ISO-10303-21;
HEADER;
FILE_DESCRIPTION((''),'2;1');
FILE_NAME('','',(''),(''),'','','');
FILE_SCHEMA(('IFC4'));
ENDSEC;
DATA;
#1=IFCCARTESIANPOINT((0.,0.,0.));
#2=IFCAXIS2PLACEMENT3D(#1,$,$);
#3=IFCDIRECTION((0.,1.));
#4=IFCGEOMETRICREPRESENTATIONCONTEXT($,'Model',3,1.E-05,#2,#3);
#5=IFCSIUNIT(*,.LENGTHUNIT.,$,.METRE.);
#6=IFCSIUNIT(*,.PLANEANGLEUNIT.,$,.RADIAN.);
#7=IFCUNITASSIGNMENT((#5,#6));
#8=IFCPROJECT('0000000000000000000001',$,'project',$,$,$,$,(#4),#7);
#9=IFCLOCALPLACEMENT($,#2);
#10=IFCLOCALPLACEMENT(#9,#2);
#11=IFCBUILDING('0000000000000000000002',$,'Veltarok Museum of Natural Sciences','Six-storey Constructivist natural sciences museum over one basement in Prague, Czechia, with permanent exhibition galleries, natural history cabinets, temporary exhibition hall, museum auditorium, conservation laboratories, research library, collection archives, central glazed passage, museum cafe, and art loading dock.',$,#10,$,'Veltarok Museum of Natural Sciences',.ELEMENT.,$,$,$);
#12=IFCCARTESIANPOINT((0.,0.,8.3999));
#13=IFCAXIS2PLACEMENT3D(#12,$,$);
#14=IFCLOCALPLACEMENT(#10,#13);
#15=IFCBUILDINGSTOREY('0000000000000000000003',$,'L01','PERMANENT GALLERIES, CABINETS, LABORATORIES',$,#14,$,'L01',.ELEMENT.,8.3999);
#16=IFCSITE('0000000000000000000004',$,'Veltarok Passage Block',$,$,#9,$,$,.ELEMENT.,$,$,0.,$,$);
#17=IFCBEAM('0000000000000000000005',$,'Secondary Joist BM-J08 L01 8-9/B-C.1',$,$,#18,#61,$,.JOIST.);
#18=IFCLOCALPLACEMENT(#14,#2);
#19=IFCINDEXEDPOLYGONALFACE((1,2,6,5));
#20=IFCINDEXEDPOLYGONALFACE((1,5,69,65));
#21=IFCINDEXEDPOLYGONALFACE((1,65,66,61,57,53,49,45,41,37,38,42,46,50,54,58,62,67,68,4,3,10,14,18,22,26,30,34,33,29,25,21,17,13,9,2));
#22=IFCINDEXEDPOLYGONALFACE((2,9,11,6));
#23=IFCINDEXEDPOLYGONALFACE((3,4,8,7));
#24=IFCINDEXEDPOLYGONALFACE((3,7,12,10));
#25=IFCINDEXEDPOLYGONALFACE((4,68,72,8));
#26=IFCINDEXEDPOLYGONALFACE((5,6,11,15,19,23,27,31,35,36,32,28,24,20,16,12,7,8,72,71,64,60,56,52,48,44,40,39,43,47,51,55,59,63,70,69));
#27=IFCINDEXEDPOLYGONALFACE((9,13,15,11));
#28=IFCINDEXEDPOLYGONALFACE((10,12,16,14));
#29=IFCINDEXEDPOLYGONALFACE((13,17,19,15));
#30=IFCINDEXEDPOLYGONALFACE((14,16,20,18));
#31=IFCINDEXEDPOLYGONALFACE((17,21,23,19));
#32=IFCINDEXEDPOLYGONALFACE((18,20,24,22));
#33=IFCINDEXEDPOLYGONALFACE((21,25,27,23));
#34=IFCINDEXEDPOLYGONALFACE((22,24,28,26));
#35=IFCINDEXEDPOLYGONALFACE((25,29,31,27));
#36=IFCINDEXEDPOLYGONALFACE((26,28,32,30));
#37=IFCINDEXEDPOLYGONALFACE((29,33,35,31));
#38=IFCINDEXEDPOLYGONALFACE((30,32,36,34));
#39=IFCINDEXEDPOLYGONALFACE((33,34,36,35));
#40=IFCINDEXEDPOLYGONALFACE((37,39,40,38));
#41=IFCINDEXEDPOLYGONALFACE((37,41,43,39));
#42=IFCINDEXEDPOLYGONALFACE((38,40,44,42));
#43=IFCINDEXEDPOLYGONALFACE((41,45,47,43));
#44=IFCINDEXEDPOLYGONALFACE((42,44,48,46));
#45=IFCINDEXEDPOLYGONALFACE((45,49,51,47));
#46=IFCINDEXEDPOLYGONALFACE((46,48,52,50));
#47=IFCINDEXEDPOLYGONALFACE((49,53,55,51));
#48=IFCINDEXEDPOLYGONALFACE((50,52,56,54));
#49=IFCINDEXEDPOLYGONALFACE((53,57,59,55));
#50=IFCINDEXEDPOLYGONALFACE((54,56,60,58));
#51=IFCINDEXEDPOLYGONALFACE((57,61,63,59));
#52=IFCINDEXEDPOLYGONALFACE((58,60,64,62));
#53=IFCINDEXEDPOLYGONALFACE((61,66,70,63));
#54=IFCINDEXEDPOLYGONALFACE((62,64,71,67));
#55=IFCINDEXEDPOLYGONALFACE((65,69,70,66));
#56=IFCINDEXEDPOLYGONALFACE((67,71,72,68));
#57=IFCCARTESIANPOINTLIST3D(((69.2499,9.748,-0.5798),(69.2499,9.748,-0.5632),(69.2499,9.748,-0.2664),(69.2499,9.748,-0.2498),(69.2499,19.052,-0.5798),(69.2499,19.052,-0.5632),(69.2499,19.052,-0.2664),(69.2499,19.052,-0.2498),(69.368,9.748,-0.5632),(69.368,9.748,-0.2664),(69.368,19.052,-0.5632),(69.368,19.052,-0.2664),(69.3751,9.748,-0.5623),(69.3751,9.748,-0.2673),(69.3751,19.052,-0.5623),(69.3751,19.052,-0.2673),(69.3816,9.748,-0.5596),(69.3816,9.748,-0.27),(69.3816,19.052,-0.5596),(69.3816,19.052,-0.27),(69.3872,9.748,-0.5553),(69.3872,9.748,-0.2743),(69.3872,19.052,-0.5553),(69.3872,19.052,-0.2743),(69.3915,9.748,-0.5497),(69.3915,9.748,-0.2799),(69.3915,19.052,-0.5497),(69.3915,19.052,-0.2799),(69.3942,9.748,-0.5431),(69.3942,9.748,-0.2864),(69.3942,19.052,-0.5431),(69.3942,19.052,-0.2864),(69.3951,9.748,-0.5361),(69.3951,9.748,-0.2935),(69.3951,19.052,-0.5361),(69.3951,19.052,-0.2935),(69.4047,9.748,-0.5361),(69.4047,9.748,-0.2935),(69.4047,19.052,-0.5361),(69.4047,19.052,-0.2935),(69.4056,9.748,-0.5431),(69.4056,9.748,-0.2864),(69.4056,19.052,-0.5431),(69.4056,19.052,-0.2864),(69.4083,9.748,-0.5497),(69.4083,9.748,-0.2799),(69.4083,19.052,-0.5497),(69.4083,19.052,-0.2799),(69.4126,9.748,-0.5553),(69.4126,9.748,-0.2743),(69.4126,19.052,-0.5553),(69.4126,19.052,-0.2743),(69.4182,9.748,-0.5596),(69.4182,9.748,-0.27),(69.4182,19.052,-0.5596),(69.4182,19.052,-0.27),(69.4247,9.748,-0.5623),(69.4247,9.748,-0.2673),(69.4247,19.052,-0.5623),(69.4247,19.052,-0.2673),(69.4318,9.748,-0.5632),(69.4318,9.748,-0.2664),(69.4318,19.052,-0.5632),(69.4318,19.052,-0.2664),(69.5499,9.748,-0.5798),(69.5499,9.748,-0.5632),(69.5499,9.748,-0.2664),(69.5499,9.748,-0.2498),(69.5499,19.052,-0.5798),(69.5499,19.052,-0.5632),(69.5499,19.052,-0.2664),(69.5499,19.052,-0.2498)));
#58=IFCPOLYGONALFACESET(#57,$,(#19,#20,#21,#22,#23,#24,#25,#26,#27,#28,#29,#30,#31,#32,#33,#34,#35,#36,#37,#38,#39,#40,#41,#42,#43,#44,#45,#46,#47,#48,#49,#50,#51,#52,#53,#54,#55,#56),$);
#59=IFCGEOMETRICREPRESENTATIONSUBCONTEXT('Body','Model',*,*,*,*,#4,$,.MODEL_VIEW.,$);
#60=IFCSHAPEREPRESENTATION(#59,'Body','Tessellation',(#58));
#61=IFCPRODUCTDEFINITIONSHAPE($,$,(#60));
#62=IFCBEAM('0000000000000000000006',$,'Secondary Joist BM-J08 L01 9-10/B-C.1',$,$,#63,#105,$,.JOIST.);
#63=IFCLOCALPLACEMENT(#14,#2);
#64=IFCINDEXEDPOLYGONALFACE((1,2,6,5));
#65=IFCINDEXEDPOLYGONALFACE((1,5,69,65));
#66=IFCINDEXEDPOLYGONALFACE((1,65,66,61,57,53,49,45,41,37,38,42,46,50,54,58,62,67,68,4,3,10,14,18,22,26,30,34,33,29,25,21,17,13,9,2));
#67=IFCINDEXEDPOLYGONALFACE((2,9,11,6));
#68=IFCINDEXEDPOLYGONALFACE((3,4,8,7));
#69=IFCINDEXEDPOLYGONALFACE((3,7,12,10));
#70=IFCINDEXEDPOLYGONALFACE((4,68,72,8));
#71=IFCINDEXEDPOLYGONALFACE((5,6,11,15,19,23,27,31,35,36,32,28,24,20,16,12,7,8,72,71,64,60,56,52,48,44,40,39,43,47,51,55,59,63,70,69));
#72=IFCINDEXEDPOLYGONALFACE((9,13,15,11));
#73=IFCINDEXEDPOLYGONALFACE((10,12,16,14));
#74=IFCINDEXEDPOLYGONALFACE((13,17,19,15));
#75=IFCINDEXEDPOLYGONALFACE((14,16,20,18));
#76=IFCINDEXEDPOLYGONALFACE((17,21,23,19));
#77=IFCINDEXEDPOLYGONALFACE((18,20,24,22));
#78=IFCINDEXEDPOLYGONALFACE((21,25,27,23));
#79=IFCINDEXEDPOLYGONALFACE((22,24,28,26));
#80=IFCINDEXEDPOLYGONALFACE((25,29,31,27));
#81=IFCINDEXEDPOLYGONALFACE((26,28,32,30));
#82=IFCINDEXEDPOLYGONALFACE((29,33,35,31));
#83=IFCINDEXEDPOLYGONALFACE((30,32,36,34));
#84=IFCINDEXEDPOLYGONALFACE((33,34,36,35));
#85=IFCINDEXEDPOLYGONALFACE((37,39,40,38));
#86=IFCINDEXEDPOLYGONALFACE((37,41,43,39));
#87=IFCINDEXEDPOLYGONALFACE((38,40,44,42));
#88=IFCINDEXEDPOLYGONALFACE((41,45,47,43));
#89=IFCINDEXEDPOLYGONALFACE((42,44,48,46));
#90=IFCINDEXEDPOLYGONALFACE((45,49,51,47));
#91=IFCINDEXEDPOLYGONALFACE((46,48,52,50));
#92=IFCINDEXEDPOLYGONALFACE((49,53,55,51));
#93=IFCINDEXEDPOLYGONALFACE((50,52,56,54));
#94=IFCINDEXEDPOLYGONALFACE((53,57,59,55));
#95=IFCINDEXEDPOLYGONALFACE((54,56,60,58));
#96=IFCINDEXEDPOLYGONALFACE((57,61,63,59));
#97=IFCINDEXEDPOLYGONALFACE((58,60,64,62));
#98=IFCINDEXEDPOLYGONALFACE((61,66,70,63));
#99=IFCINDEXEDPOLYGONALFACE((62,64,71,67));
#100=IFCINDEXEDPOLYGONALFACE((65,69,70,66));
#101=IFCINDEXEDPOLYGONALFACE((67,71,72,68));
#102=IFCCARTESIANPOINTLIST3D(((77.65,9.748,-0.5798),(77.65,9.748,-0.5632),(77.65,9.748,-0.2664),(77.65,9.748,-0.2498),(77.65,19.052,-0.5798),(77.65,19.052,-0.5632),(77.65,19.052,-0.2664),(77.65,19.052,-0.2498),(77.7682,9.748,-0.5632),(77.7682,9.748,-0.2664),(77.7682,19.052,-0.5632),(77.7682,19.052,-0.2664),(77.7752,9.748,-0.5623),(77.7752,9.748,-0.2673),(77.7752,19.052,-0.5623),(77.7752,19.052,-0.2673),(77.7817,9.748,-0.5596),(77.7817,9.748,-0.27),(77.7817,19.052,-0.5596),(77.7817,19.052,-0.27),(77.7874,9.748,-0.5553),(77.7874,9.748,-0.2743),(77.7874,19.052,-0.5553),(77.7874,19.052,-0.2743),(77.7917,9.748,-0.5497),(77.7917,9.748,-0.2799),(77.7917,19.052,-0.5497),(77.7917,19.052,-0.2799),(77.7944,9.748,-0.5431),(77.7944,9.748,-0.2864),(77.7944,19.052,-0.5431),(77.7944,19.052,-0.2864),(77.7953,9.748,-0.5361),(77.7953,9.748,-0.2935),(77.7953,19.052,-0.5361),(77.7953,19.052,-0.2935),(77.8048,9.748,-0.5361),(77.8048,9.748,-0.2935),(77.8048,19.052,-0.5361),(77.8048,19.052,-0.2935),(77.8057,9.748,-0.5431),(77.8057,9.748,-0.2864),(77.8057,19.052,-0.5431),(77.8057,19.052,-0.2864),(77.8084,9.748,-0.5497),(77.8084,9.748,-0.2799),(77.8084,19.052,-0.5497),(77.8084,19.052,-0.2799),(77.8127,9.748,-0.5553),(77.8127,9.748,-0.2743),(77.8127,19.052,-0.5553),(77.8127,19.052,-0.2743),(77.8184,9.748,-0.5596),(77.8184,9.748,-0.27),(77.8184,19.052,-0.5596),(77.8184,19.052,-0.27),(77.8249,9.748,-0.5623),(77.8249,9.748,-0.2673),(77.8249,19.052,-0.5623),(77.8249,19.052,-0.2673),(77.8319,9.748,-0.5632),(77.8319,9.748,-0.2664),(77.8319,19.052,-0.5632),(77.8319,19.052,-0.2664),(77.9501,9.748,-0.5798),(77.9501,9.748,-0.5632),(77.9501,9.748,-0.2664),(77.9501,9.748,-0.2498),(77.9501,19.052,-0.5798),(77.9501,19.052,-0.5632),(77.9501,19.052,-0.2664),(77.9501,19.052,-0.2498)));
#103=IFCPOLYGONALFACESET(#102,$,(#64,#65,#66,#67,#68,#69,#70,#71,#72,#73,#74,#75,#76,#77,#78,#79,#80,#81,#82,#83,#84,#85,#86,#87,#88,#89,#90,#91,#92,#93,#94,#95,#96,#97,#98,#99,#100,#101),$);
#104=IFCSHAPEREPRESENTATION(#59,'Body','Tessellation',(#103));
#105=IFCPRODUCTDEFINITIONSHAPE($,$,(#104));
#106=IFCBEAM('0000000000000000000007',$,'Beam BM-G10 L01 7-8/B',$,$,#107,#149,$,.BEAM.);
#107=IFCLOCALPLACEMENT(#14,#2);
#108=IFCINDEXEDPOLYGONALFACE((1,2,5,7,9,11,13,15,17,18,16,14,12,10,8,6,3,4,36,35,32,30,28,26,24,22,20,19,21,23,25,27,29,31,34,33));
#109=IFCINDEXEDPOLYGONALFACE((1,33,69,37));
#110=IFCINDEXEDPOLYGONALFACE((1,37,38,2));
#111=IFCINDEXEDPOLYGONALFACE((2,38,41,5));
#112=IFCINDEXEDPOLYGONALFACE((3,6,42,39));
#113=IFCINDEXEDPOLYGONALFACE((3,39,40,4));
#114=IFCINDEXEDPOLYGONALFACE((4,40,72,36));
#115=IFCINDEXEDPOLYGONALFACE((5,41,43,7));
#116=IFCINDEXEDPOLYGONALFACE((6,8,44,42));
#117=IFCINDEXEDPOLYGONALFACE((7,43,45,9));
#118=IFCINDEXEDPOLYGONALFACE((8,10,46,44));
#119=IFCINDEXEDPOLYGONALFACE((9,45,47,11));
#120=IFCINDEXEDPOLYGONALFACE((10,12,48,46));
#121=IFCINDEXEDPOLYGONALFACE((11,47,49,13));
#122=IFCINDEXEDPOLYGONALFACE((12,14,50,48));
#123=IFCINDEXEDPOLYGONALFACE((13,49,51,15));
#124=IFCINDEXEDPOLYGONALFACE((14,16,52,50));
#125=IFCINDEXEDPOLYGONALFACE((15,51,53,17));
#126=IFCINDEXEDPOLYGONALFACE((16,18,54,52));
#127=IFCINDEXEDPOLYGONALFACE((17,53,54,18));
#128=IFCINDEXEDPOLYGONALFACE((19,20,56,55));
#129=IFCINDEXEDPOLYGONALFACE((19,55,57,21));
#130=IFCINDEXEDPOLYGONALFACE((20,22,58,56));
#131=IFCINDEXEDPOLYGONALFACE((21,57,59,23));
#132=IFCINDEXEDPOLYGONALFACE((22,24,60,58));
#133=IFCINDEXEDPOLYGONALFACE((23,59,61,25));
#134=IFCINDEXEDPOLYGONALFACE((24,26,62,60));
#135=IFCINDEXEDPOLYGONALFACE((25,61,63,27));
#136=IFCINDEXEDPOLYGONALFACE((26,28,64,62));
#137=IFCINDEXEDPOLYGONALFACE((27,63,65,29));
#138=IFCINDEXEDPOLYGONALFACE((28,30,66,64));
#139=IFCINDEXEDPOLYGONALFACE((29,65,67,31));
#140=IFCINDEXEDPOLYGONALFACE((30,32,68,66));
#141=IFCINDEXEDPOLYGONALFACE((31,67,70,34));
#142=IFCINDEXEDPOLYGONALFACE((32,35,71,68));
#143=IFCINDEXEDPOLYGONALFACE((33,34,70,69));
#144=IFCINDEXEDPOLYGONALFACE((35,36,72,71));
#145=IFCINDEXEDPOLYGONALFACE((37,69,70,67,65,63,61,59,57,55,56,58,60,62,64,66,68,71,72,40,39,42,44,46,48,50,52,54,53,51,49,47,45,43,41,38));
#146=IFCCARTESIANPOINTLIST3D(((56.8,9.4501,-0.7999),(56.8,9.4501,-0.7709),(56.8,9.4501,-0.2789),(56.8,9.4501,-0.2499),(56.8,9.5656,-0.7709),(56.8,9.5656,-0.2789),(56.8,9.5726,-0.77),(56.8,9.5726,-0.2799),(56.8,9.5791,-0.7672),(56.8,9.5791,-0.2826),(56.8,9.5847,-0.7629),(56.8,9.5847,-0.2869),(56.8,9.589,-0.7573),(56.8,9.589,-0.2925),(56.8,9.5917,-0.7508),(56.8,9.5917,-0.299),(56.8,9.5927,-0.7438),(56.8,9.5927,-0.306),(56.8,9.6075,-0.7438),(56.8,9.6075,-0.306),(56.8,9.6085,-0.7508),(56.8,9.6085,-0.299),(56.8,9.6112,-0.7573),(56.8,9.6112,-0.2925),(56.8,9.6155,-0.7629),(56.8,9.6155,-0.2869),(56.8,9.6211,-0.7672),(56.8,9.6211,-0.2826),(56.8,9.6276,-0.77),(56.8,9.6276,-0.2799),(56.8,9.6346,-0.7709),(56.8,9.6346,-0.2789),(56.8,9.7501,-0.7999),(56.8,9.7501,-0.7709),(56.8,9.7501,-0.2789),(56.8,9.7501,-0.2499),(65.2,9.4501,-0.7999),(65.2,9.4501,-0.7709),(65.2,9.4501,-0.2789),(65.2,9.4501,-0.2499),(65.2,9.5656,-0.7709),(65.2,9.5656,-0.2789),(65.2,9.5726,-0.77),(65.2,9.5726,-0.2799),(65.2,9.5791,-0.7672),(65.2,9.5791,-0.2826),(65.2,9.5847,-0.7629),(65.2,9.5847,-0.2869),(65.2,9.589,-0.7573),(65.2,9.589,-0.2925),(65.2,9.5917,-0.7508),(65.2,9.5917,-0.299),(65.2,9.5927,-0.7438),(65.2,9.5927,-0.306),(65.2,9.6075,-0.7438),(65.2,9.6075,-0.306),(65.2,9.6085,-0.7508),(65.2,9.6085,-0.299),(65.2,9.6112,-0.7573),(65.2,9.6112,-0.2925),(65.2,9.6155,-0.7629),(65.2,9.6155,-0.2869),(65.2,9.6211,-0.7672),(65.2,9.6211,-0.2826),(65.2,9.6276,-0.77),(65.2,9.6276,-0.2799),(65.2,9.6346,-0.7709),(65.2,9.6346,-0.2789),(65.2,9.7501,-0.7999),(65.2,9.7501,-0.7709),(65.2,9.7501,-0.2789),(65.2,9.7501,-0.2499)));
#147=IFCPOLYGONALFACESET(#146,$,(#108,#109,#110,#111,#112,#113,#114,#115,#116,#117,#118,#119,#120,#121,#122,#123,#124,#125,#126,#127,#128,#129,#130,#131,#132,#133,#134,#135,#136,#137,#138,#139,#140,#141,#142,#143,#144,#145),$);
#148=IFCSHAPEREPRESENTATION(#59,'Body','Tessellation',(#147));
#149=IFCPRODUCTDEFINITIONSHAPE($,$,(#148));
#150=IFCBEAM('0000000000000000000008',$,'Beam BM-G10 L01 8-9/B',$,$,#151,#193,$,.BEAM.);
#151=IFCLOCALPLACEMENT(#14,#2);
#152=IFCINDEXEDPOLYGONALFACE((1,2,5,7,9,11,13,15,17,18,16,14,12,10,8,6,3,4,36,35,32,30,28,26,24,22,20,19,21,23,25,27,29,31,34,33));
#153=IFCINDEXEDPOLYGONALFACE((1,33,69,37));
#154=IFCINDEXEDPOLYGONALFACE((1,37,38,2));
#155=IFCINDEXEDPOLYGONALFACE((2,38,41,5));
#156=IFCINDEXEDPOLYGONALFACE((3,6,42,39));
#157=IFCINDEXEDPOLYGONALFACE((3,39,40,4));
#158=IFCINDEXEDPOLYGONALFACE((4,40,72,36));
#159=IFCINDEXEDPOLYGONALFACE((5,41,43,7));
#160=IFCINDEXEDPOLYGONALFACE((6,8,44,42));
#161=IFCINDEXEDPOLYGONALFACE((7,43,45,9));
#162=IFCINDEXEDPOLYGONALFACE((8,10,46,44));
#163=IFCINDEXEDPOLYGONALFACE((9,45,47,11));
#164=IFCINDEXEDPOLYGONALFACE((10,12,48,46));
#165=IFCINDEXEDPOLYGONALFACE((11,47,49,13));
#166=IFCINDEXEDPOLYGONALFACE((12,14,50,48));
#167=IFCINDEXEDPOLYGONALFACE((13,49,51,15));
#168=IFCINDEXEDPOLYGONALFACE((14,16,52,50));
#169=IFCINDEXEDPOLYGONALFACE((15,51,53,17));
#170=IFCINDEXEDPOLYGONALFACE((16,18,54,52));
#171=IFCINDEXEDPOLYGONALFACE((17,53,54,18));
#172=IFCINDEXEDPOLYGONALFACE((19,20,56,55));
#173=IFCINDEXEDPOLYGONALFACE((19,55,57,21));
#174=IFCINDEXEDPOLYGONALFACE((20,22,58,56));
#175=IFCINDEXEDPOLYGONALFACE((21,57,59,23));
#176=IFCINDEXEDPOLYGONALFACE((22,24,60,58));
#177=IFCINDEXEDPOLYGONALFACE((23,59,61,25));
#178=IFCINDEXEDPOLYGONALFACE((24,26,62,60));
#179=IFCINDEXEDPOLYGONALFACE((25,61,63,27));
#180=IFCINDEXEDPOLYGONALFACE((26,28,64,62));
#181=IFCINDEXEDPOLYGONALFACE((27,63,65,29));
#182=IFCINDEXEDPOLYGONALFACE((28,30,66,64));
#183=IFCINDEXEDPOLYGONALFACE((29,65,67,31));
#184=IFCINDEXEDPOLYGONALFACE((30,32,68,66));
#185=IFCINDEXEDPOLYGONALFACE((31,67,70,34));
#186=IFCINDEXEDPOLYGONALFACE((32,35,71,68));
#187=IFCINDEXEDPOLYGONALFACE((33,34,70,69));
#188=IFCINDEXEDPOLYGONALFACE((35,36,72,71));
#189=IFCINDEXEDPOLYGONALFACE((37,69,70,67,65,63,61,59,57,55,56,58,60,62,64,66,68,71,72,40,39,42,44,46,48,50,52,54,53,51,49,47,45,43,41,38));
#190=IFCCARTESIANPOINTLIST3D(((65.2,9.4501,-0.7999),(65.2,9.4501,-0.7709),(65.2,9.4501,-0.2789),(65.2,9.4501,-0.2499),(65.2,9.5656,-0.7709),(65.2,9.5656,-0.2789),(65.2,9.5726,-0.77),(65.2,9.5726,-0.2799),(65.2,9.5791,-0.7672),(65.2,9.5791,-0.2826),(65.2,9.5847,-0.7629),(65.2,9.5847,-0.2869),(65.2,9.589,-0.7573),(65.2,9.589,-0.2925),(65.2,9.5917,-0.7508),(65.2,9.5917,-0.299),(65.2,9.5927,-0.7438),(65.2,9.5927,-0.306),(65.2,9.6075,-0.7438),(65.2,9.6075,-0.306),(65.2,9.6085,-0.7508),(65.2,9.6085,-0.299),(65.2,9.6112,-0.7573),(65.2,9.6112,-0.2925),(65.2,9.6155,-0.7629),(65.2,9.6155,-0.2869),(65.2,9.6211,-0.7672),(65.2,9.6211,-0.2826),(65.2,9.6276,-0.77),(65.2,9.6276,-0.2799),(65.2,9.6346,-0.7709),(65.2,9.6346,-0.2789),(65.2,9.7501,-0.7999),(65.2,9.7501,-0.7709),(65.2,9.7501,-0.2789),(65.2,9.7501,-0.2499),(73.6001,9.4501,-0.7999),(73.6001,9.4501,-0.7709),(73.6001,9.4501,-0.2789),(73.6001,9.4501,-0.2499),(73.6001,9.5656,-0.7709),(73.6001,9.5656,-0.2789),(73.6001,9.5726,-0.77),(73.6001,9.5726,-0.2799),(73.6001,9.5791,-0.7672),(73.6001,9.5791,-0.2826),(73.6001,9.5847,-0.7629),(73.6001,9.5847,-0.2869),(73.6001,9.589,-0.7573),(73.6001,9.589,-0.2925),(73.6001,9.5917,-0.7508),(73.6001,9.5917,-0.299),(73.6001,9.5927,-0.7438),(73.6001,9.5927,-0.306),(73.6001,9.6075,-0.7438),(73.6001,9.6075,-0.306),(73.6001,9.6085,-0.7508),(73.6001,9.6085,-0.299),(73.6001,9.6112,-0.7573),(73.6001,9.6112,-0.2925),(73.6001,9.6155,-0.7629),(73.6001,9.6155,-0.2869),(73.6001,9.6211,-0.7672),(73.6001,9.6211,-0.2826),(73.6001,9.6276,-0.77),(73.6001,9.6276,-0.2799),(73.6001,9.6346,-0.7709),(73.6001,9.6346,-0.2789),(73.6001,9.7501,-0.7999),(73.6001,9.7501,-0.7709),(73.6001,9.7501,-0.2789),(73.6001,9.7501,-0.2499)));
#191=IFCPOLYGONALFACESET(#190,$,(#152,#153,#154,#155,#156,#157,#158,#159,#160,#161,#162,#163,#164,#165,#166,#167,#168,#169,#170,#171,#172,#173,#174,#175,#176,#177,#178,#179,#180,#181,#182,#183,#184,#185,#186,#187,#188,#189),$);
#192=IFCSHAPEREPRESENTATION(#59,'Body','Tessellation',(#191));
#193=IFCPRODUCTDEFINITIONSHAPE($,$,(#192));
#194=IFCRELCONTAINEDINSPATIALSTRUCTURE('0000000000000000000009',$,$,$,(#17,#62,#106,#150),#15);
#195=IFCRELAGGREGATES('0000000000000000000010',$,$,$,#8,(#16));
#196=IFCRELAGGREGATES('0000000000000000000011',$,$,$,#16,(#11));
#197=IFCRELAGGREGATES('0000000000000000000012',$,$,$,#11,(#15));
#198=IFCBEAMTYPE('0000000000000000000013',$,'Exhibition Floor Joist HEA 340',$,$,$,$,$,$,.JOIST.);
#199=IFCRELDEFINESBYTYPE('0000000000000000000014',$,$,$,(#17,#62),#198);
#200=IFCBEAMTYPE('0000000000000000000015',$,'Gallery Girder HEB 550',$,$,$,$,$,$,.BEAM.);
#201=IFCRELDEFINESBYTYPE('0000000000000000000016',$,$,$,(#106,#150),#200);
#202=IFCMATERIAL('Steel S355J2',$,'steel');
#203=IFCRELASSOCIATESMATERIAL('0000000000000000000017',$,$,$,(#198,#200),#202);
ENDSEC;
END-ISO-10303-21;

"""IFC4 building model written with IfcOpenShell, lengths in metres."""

from ifc_helpers import new_model, si_unit, direction, frame, origin, origin_2d, place, context, subcontext, project, spatial, i_section, extrude, material, material_profile, profile_set, type_object, element, save


model = new_model("IFC4")

# Units and contexts
model_context = context("Model", 3, precision=1e-05, world=origin(), true_north=direction((0.0, 1.0)))
body_context = subcontext(model_context, "Body", "Model", "MODEL_VIEW")
ifc_project = project(units=[si_unit("LENGTHUNIT", "METRE"), si_unit("PLANEANGLEUNIT", "RADIAN")], contexts=[model_context])

# Site, building, storey
site_placement = place(None, origin())
site = spatial("IfcSite", under=ifc_project, at=site_placement, Name="Veltarok Passage Block", CompositionType="ELEMENT", RefElevation=0.0)
building_placement = place(site_placement, origin())
building = spatial("IfcBuilding", under=site, at=building_placement, Name="Veltarok Museum of Natural Sciences", Description="Six-storey Constructivist natural sciences museum over one basement in Prague, Czechia, with permanent exhibition galleries, natural history cabinets, temporary exhibition hall, museum auditorium, conservation laboratories, research library, collection archives, central glazed passage, museum cafe, and art loading dock.", LongName="Veltarok Museum of Natural Sciences", CompositionType="ELEMENT")
storey_placement = place(building_placement, frame((0.0, 0.0, 8.3999)))
storey = spatial("IfcBuildingStorey", under=building, at=storey_placement, Name="L01", Description="PERMANENT GALLERIES, CABINETS, LABORATORIES", LongName="L01", CompositionType="ELEMENT", Elevation=8.3999)

# Shared definitions
ifc_material_1 = material(Name="Steel S355J2", Category="steel")

# Beams
ifc_material_profile_1 = material_profile(ifc_material_1, i_section(OverallWidth=0.3, OverallDepth=0.3301, WebThickness=0.0095, FlangeThickness=0.0166, FilletRadius=0.0271, at=origin_2d()), Name="HEA 340")
ifc_profile_set_1 = profile_set([ifc_material_profile_1], Name="Steel S355J2")
beam_type_1 = type_object("IfcBeamType", Name="Exhibition Floor Joist HEA 340", PredefinedType="JOIST", material=ifc_profile_set_1)
for number, where, z_axis, x_axis, name in (
    (1, (69.3999, 9.748, -0.4148), (0.0, 1.0, 0.0), (-1.0, 0.0, 0.0), "Secondary Joist BM-J08 L01 8-9/B-C.1"),
    (2, (77.8, 9.748, -0.4148), (0.0, 1.0, 0.0), (-1.0, 0.0, 0.0), "Secondary Joist BM-J08 L01 9-10/B-C.1"),
):
    element("IfcBeam", number, at=place(storey_placement, frame(where, z_axis=z_axis, x_axis=x_axis)), inside=storey, type_object=beam_type_1, Name=name, PredefinedType="JOIST", context=body_context, shape_type="SweptSolid", body=[
        extrude(i_section(OverallWidth=0.3, OverallDepth=0.3301, WebThickness=0.0095, FlangeThickness=0.0166, FilletRadius=0.0271, at=origin_2d()), origin(), (0.0, 0.0, 1.0), 9.304),
    ])
ifc_material_profile_2 = material_profile(ifc_material_1, i_section(OverallWidth=0.3, OverallDepth=0.55, WebThickness=0.0149, FlangeThickness=0.0291, FilletRadius=0.0271, at=origin_2d()), Name="HEB 550")
ifc_profile_set_2 = profile_set([ifc_material_profile_2], Name="Steel S355J2")
beam_type_2 = type_object("IfcBeamType", Name="Gallery Girder HEB 550", PredefinedType="BEAM", material=ifc_profile_set_2)
beam_1_placement = place(storey_placement, frame((56.8, 9.6001, -0.5249), z_axis=(1.0, 0.0, 0.0), x_axis=(0.0, 1.0, 0.0)))
element("IfcBeam", 3, at=beam_1_placement, inside=storey, type_object=beam_type_2, Name="Beam BM-G10 L01 7-8/B", PredefinedType="BEAM", context=body_context, shape_type="SweptSolid", body=[
    extrude(i_section(OverallWidth=0.3, OverallDepth=0.55, WebThickness=0.0149, FlangeThickness=0.0291, FilletRadius=0.0271, at=origin_2d()), origin(), (0.0, 0.0, 1.0), 8.3999),
])
beam_2_placement = place(storey_placement, frame((65.2, 9.6001, -0.5249), z_axis=(1.0, 0.0, 0.0), x_axis=(0.0, 1.0, 0.0)))
element("IfcBeam", 4, at=beam_2_placement, inside=storey, type_object=beam_type_2, Name="Beam BM-G10 L01 8-9/B", PredefinedType="BEAM", context=body_context, shape_type="SweptSolid", body=[
    extrude(i_section(OverallWidth=0.3, OverallDepth=0.55, WebThickness=0.0149, FlangeThickness=0.0291, FilletRadius=0.0271, at=origin_2d()), origin(), (0.0, 0.0, 1.0), 8.4001),
])

save(model, "model.ifc")
